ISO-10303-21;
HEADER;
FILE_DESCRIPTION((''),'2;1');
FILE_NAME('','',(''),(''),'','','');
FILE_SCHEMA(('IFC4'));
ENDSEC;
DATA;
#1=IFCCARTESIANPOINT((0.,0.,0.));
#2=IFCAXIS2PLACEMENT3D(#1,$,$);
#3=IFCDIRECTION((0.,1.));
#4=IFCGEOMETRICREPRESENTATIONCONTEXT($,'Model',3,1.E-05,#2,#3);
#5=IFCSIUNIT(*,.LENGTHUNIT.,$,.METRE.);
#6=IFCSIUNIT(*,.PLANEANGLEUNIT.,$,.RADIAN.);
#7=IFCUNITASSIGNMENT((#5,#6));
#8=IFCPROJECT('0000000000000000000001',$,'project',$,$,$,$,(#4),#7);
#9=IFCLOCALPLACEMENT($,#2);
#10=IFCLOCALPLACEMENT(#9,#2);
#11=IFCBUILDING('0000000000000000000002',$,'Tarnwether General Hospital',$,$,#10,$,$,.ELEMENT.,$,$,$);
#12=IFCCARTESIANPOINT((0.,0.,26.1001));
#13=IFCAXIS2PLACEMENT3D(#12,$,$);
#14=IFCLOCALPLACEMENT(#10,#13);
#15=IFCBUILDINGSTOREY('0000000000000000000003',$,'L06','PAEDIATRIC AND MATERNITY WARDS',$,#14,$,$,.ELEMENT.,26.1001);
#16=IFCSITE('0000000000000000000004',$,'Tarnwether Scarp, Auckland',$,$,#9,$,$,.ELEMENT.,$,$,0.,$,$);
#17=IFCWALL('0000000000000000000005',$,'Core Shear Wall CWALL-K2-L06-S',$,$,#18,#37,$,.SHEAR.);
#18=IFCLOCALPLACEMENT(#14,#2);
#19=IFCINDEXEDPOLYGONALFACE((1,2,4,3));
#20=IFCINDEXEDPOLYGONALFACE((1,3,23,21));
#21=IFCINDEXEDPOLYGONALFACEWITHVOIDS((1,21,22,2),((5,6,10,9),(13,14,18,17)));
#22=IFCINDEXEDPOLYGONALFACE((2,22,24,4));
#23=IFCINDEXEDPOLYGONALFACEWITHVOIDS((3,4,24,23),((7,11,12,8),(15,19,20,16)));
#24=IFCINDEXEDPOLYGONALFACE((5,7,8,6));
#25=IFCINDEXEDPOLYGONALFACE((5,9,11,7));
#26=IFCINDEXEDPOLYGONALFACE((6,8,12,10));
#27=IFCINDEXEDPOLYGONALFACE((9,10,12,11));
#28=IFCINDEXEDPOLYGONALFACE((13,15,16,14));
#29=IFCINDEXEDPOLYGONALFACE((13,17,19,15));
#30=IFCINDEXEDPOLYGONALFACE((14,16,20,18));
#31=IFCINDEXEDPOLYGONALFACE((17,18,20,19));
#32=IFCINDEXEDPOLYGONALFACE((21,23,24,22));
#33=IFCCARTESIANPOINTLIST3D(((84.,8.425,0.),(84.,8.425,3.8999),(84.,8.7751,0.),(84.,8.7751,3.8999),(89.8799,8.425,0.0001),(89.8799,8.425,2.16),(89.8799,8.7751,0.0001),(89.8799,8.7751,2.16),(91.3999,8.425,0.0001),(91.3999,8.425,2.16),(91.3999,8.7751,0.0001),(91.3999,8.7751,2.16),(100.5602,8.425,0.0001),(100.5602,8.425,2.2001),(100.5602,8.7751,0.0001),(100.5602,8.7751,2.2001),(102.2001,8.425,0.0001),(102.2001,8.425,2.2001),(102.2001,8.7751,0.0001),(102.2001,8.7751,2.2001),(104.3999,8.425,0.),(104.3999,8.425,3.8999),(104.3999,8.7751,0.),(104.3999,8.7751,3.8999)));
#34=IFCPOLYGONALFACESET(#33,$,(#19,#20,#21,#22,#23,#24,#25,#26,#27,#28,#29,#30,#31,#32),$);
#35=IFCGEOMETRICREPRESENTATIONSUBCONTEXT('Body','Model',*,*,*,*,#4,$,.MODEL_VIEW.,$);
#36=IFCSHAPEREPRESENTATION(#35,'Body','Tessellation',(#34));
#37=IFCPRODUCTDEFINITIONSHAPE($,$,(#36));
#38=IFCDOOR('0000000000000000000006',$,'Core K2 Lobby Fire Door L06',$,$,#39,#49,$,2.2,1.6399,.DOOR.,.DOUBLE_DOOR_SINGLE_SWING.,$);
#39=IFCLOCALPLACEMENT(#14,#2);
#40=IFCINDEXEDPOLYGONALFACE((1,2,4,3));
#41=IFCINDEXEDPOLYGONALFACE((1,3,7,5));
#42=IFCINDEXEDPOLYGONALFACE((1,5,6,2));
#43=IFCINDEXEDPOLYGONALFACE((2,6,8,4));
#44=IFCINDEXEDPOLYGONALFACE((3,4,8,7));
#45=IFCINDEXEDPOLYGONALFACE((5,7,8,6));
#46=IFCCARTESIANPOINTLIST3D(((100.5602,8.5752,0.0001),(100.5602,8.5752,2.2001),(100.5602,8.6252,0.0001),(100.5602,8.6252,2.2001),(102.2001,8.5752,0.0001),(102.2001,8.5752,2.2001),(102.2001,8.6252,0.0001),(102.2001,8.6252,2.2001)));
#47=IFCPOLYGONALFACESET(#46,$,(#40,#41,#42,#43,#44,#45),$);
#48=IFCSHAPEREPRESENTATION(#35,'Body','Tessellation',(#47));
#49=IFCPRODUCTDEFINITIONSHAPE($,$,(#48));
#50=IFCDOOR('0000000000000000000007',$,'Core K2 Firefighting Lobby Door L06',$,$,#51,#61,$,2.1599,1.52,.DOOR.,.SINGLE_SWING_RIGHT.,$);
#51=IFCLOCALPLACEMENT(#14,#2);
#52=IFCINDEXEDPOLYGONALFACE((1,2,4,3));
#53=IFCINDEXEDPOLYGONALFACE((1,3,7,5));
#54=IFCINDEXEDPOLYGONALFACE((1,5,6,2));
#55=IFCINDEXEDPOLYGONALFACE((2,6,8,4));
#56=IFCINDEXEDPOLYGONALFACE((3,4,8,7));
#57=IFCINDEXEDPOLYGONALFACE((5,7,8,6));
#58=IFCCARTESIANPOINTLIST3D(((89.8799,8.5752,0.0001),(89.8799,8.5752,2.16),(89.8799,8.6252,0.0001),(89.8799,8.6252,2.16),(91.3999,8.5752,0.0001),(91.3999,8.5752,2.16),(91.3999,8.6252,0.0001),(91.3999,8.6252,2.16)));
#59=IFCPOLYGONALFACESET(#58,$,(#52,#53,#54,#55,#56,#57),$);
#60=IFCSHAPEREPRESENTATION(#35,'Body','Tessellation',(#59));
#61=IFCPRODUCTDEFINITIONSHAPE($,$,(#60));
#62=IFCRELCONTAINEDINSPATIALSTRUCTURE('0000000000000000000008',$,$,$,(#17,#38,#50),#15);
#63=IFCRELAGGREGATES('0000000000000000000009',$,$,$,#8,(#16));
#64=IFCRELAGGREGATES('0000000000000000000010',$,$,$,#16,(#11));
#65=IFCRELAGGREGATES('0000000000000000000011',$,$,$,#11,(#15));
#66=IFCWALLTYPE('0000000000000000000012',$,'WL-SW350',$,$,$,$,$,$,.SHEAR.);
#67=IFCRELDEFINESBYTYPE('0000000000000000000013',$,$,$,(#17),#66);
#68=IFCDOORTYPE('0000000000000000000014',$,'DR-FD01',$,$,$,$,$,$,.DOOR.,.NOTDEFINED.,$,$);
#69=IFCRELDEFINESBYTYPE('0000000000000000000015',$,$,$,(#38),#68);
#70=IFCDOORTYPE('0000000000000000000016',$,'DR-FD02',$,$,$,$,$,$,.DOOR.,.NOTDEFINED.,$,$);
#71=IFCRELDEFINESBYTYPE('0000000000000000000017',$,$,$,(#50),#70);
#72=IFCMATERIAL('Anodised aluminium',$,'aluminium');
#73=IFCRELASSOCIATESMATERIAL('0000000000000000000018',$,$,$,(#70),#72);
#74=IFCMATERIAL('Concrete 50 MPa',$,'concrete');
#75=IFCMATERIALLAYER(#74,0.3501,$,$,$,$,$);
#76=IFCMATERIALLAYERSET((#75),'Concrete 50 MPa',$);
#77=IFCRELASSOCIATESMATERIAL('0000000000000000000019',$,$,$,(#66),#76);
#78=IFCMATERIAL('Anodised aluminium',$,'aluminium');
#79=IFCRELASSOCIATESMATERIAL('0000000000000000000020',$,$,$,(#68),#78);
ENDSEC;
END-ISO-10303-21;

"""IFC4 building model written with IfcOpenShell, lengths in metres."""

from ifc_helpers import new_model, si_unit, direction, frame, frame_2d, origin, place, context, subcontext, project, spatial, rectangle, extrude, material, layer, layer_set, type_object, element, fill, save


model = new_model("IFC4")

# Units and contexts
model_context = context("Model", 3, precision=1e-05, world=origin(), true_north=direction((0.0, 1.0)))
body_context = subcontext(model_context, "Body", "Model", "MODEL_VIEW")
ifc_project = project(units=[si_unit("LENGTHUNIT", "METRE"), si_unit("PLANEANGLEUNIT", "RADIAN")], contexts=[model_context])

# Site, building, storey
site_placement = place(None, origin())
site = spatial("IfcSite", under=ifc_project, at=site_placement, Name="Tarnwether Scarp, Auckland", CompositionType="ELEMENT", RefElevation=0.0)
building_placement = place(site_placement, origin())
building = spatial("IfcBuilding", under=site, at=building_placement, Name="Tarnwether General Hospital", CompositionType="ELEMENT")
storey_placement = place(building_placement, frame((0.0, 0.0, 26.1001)))
storey = spatial("IfcBuildingStorey", under=building, at=storey_placement, Name="L06", Description="PAEDIATRIC AND MATERNITY WARDS", CompositionType="ELEMENT", Elevation=26.1001)

# Shared definitions
ifc_material_1 = material(Name="Anodised aluminium", Category="aluminium")
door_type_1 = type_object("IfcDoorType", Name="DR-FD02", OperationType="NOTDEFINED", PredefinedType="DOOR", material=ifc_material_1)

# Wall, openings, doors
ifc_material_2 = material(Name="Concrete 50 MPa", Category="concrete")
ifc_layer_1 = layer(ifc_material_2, 0.3501)
ifc_layer_set_1 = layer_set([ifc_layer_1], Name="Concrete 50 MPa")
wall_type_1 = type_object("IfcWallType", Name="WL-SW350", PredefinedType="SHEAR", material=ifc_layer_set_1)
wall_1_placement = place(storey_placement, frame((104.3999, 8.6001, 0.0), z_axis=(0.0, 0.0, 1.0), x_axis=(-1.0, 0.0, 0.0)))
wall_1 = element("IfcWall", 1, at=wall_1_placement, inside=storey, type_object=wall_type_1, Name="Core Shear Wall CWALL-K2-L06-S", PredefinedType="SHEAR", context=body_context, shape_type="SweptSolid", body=[
    extrude(rectangle(XDim=20.3999, YDim=0.3501, at=frame_2d((10.2, 0.0))), origin(), (0.0, 0.0, 1.0), 3.8999),
])
opening_1_placement = place(wall_1_placement, frame((2.2, 0.0, 0.0)))
opening_1 = element("IfcOpeningElement", 2, at=opening_1_placement, cuts=wall_1, PredefinedType="OPENING", context=body_context, shape_type="SweptSolid", body=[
    extrude(rectangle(XDim=1.6399, YDim=2.2, at=frame_2d((0.8198, 1.1001))), frame((0.0, 0.1851, 0.0), z_axis=(0.0, -1.0, 0.0), x_axis=(1.0, 0.0, 0.0)), (0.0, 0.0, 1.0), 0.3701),
])
opening_2_placement = place(wall_1_placement, frame((13.0, 0.0, 0.0)))
opening_2 = element("IfcOpeningElement", 3, at=opening_2_placement, cuts=wall_1, PredefinedType="OPENING", context=body_context, shape_type="SweptSolid", body=[
    extrude(rectangle(XDim=1.52, YDim=2.1599, at=frame_2d((0.76, 1.0801))), frame((0.0, 0.1851, 0.0), z_axis=(0.0, -1.0, 0.0), x_axis=(1.0, 0.0, 0.0)), (0.0, 0.0, 1.0), 0.3701),
])
ifc_material_3 = material(Name="Anodised aluminium", Category="aluminium")
door_type_2 = type_object("IfcDoorType", Name="DR-FD01", OperationType="NOTDEFINED", PredefinedType="DOOR", material=ifc_material_3)
door_1_placement = place(opening_1_placement, origin())
door_1 = element("IfcDoor", 4, at=door_1_placement, inside=storey, type_object=door_type_2, Name="Core K2 Lobby Fire Door L06", OperationType="DOUBLE_DOOR_SINGLE_SWING", OverallHeight=2.2, OverallWidth=1.6399, PredefinedType="DOOR", context=body_context, shape_type="SweptSolid", body=[
    extrude(rectangle(XDim=1.6399, YDim=2.2, at=frame_2d((0.8198, 1.1001))), frame((0.0, 0.0249, 0.0), z_axis=(0.0, -1.0, 0.0), x_axis=(1.0, 0.0, 0.0)), (0.0, 0.0, 1.0), 0.05),
])
fill(opening_1, door_1)
door_2_placement = place(opening_2_placement, origin())
door_2 = element("IfcDoor", 5, at=door_2_placement, inside=storey, type_object=door_type_1, Name="Core K2 Firefighting Lobby Door L06", OperationType="SINGLE_SWING_RIGHT", OverallHeight=2.1599, OverallWidth=1.52, PredefinedType="DOOR", context=body_context, shape_type="SweptSolid", body=[
    extrude(rectangle(XDim=1.52, YDim=2.1599, at=frame_2d((0.76, 1.0801))), frame((0.0, 0.0249, 0.0), z_axis=(0.0, -1.0, 0.0), x_axis=(1.0, 0.0, 0.0)), (0.0, 0.0, 1.0), 0.05),
])
fill(opening_2, door_2)

save(model, "model.ifc")
